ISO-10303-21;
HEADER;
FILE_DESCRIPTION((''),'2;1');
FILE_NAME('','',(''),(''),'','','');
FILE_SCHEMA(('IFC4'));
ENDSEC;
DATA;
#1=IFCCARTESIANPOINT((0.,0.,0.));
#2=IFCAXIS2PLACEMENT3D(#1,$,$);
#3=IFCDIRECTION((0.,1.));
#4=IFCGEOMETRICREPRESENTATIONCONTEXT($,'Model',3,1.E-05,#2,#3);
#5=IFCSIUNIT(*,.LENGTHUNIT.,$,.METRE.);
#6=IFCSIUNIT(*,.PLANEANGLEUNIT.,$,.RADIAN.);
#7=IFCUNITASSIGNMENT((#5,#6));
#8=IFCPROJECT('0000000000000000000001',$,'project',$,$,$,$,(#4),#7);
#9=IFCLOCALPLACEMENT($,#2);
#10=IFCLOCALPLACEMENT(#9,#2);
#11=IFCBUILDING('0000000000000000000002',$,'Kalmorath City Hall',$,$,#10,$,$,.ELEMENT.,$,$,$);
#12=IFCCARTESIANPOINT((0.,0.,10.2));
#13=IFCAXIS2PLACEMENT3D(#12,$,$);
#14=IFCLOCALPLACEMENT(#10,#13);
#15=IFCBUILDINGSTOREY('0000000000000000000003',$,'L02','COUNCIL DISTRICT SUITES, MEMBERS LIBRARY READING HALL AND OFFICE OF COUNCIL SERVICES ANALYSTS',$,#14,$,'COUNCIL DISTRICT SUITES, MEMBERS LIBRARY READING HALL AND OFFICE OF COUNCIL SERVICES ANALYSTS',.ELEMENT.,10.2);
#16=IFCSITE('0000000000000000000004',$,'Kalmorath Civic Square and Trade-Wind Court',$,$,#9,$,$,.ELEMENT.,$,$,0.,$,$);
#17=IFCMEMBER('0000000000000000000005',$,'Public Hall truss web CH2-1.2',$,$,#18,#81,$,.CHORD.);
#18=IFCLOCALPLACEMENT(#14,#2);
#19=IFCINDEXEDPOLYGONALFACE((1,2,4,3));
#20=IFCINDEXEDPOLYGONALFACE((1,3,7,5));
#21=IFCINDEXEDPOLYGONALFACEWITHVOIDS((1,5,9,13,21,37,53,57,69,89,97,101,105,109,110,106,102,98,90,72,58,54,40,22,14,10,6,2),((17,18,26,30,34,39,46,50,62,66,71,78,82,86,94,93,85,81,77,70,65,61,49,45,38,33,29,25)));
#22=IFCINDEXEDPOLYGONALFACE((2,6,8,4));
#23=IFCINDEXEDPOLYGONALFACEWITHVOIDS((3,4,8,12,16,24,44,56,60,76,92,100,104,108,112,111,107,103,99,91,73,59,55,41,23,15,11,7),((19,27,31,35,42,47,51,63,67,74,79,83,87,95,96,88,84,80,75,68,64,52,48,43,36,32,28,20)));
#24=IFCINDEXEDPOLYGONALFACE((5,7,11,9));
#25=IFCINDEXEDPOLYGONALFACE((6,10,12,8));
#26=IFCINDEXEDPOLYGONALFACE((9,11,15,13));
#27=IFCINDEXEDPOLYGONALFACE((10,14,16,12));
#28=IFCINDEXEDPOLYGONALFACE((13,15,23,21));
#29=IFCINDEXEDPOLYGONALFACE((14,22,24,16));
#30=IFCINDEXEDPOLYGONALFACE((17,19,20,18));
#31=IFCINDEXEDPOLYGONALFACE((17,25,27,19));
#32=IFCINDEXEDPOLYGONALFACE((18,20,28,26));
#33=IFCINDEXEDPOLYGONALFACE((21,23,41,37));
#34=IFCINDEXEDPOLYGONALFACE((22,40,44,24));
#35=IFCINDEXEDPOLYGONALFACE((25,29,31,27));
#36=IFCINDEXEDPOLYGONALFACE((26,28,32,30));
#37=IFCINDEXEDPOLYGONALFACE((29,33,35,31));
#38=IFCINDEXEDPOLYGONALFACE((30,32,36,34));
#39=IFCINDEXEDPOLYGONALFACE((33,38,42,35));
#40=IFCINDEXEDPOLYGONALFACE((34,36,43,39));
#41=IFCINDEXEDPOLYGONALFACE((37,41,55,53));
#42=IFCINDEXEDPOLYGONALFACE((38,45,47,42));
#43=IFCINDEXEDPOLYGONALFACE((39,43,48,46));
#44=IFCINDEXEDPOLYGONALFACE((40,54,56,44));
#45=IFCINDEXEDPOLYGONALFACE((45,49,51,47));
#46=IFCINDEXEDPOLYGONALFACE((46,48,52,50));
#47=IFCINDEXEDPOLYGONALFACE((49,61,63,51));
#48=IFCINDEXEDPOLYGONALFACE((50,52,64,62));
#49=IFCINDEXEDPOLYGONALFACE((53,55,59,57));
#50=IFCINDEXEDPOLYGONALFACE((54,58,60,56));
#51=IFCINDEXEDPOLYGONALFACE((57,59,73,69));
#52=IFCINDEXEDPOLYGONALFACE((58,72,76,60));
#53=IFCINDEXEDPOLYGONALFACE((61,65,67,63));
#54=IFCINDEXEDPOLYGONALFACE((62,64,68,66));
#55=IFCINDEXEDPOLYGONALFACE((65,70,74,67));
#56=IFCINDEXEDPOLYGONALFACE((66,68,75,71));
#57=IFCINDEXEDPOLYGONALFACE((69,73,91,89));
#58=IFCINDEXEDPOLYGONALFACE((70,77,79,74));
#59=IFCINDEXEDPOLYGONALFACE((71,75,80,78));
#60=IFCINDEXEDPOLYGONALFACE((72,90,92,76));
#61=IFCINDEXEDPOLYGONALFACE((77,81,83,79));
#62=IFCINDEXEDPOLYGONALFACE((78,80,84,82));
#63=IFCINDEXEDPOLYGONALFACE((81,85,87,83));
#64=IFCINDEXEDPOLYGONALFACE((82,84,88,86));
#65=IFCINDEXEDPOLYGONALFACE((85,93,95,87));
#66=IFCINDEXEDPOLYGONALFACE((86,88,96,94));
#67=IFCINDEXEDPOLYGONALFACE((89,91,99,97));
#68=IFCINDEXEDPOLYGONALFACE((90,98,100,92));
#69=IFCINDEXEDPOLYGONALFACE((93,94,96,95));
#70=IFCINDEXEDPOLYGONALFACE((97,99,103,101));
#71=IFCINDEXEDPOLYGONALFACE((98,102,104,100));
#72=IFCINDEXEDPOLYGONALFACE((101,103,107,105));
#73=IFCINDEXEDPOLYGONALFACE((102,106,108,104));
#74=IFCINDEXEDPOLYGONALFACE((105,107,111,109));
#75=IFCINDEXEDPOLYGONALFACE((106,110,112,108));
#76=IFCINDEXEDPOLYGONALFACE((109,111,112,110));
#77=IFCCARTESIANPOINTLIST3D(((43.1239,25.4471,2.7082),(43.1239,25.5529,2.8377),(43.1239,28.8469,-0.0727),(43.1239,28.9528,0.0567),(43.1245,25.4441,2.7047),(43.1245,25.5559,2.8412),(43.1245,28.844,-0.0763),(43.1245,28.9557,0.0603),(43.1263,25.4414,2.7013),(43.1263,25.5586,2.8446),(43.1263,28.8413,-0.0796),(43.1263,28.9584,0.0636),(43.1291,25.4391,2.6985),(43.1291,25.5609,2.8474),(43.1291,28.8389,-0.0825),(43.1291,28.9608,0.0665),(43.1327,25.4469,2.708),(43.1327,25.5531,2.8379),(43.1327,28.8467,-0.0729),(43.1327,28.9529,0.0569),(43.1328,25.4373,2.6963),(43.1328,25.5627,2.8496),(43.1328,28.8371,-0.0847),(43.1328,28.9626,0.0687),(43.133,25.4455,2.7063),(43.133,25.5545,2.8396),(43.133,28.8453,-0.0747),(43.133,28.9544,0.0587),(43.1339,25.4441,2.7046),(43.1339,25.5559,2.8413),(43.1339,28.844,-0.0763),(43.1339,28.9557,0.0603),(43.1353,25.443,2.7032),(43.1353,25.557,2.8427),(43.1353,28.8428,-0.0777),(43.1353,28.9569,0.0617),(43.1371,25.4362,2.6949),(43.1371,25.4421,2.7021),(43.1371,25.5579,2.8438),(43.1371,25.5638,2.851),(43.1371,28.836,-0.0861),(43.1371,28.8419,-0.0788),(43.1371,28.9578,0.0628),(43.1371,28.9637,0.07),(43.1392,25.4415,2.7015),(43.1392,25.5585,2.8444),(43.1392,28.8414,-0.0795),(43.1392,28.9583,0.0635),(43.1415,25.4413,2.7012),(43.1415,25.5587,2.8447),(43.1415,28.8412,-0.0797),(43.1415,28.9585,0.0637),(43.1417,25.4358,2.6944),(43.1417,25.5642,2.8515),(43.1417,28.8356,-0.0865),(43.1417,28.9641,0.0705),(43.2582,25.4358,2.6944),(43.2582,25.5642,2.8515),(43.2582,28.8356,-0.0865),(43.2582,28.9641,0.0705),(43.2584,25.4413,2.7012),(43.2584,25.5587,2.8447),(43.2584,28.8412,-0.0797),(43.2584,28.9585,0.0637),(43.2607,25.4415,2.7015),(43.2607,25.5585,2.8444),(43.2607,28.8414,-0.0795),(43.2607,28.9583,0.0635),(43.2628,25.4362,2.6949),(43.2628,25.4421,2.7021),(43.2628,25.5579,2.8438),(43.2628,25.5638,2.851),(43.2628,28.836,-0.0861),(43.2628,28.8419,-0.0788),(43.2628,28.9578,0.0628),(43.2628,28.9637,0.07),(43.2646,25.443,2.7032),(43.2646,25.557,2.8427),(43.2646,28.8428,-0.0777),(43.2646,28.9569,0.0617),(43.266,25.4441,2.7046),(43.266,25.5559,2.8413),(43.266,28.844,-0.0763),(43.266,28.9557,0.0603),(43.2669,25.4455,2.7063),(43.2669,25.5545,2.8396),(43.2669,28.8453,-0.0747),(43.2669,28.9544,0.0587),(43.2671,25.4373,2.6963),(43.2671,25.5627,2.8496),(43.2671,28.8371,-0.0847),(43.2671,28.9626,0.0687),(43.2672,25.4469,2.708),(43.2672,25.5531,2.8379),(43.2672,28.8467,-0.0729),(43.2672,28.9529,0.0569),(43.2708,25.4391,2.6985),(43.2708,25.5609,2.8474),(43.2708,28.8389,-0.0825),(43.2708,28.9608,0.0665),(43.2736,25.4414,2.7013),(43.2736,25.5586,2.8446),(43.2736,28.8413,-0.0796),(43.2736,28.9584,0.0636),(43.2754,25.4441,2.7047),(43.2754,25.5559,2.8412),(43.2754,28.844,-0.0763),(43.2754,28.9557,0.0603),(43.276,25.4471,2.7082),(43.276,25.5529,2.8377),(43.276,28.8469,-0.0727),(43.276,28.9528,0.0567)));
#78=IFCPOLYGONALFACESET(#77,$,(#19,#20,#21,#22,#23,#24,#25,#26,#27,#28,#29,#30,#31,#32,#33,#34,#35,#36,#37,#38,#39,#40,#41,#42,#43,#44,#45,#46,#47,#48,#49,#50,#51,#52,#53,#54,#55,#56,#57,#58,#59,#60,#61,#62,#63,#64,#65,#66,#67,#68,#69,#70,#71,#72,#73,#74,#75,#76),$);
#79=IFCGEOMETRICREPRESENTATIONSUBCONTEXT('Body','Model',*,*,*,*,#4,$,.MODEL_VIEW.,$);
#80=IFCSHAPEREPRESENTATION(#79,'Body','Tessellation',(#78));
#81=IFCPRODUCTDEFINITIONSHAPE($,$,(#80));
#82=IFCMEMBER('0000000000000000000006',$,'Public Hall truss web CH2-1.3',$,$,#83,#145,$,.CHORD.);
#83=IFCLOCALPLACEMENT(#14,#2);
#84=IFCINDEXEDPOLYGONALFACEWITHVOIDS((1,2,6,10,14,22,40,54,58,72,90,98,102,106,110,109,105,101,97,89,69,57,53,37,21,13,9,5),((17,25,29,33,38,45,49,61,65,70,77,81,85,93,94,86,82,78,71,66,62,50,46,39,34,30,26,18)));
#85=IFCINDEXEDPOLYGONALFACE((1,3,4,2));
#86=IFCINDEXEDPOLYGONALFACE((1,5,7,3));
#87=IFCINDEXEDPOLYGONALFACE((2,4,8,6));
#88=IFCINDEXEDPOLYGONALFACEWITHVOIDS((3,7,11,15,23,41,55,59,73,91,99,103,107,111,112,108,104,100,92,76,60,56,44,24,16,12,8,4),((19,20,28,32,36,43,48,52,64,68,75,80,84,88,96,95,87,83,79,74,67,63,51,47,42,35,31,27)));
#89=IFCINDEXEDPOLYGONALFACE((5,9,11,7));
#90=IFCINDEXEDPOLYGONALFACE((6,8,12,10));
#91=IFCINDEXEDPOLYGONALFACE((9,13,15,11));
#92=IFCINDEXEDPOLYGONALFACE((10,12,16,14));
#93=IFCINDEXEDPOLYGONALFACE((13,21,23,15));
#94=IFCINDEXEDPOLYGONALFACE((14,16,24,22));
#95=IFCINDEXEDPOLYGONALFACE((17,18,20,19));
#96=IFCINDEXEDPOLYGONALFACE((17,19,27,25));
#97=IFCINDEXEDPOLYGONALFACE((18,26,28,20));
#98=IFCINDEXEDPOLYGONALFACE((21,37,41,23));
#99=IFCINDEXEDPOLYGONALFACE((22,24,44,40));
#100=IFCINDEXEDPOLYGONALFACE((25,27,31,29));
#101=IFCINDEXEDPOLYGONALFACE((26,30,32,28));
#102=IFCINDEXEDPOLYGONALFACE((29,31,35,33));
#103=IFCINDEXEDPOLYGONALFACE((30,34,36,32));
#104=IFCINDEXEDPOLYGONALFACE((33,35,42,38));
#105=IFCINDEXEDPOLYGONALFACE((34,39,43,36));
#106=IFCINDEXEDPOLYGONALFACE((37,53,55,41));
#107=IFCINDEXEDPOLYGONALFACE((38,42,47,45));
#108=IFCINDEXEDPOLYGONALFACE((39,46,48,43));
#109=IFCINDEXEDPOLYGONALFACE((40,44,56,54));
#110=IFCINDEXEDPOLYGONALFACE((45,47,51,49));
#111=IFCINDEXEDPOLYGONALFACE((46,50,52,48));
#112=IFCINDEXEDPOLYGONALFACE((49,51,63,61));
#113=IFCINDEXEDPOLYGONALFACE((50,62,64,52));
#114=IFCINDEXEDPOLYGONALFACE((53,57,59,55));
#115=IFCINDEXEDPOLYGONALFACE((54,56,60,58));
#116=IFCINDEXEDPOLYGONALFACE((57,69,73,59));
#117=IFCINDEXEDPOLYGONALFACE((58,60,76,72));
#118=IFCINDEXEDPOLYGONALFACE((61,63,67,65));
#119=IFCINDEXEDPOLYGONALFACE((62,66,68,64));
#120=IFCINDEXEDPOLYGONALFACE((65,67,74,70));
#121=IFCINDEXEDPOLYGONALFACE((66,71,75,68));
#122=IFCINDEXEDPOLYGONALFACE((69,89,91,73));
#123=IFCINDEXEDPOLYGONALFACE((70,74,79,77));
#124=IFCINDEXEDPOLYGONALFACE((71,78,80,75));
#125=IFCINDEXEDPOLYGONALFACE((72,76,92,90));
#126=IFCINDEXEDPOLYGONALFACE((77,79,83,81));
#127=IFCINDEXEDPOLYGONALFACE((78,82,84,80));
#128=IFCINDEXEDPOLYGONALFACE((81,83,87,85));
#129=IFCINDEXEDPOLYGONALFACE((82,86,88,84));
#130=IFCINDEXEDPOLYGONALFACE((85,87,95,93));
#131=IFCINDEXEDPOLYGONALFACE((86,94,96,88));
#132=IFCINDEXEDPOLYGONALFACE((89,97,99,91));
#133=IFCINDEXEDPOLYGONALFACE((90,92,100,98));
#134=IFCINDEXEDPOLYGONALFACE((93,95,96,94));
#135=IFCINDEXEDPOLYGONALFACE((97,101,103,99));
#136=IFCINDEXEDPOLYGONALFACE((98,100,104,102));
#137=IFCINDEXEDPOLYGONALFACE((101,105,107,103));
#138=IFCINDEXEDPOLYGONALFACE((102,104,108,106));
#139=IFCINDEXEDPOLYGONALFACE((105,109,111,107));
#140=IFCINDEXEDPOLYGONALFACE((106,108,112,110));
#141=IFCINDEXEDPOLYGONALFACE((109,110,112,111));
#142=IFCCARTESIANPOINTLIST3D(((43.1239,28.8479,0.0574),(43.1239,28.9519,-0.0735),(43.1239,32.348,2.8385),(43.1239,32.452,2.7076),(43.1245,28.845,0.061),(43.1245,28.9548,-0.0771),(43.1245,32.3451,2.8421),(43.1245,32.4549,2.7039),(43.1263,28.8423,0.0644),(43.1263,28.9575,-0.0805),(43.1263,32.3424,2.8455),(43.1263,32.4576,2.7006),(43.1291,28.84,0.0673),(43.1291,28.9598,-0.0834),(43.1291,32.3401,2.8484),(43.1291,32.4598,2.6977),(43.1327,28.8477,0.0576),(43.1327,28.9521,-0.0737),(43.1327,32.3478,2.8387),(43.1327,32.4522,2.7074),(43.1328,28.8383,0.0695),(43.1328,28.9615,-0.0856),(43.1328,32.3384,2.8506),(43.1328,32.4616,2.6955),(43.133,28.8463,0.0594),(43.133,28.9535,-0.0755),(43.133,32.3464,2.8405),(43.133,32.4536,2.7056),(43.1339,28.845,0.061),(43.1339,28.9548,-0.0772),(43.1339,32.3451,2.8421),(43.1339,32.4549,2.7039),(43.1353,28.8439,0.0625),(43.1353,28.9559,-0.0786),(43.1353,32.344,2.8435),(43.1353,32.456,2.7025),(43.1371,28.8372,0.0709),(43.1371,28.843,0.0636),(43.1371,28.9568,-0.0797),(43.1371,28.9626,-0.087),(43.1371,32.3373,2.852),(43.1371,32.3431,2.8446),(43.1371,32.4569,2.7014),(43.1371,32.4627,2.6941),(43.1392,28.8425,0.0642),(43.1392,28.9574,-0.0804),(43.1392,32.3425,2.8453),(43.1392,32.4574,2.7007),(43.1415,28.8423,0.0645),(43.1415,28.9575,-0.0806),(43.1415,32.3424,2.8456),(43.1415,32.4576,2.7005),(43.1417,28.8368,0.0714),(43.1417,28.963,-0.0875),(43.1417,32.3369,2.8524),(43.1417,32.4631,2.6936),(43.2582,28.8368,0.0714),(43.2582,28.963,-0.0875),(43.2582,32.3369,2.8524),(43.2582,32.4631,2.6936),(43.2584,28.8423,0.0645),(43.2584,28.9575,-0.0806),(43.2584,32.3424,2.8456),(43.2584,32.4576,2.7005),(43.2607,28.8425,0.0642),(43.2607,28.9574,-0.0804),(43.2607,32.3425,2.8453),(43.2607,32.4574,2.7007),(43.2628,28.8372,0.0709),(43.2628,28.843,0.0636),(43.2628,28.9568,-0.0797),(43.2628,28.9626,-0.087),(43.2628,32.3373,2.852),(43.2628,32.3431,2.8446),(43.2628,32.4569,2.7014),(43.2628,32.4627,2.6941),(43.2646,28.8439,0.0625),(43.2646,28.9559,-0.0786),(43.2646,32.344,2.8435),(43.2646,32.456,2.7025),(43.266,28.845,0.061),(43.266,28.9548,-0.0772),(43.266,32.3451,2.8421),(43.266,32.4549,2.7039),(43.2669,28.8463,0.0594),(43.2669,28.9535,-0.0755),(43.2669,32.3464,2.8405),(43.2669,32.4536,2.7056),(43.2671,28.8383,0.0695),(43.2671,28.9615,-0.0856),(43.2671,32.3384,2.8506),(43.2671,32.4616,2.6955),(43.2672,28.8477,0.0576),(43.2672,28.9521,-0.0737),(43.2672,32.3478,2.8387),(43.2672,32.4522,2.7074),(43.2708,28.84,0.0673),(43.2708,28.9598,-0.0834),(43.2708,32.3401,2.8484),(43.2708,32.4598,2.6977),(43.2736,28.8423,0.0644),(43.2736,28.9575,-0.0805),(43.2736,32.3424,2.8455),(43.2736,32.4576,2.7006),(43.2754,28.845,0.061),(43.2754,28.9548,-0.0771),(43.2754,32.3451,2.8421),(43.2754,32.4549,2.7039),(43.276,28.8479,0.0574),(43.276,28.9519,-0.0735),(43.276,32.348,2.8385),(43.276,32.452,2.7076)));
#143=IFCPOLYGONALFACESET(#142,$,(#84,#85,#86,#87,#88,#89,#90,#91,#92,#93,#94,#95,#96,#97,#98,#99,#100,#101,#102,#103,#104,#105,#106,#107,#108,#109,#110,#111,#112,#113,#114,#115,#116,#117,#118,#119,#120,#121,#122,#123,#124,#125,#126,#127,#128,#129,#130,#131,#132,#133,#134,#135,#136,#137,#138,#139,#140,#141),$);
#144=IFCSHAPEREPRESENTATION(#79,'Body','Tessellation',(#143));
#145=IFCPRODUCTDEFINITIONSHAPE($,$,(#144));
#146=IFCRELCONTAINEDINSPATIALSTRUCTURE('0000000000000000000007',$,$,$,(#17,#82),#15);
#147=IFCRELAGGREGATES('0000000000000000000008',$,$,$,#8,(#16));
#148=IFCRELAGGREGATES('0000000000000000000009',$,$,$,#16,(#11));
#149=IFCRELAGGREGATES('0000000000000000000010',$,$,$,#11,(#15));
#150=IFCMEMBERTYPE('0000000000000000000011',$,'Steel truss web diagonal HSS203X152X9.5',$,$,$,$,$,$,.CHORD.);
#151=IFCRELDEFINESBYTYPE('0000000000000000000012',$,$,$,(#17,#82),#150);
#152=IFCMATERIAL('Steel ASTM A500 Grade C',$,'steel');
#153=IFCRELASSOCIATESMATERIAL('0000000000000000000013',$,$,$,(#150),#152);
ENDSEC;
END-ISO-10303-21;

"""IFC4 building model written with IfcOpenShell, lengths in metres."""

from ifc_helpers import new_model, si_unit, direction, frame, origin, origin_2d, place, context, subcontext, project, spatial, hollow_rectangle, extrude, material, material_profile, profile_set, type_object, element, save


model = new_model("IFC4")

# Units and contexts
model_context = context("Model", 3, precision=1e-05, world=origin(), true_north=direction((0.0, 1.0)))
body_context = subcontext(model_context, "Body", "Model", "MODEL_VIEW")
ifc_project = project(units=[si_unit("LENGTHUNIT", "METRE"), si_unit("PLANEANGLEUNIT", "RADIAN")], contexts=[model_context])

# Site, building, storey
site_placement = place(None, origin())
site = spatial("IfcSite", under=ifc_project, at=site_placement, Name="Kalmorath Civic Square and Trade-Wind Court", CompositionType="ELEMENT", RefElevation=0.0)
building_placement = place(site_placement, origin())
building = spatial("IfcBuilding", under=site, at=building_placement, Name="Kalmorath City Hall", CompositionType="ELEMENT")
storey_placement = place(building_placement, frame((0.0, 0.0, 10.2)))
storey = spatial("IfcBuildingStorey", under=building, at=storey_placement, Name="L02", Description="COUNCIL DISTRICT SUITES, MEMBERS LIBRARY READING HALL AND OFFICE OF COUNCIL SERVICES ANALYSTS", LongName="COUNCIL DISTRICT SUITES, MEMBERS LIBRARY READING HALL AND OFFICE OF COUNCIL SERVICES ANALYSTS", CompositionType="ELEMENT", Elevation=10.2)

# Members
ifc_material_1 = material(Name="Steel ASTM A500 Grade C", Category="steel")
ifc_material_profile_1 = material_profile(ifc_material_1, hollow_rectangle(XDim=0.1521, YDim=0.2029, WallThickness=0.0088, InnerFilletRadius=0.0088, OuterFilletRadius=0.0178, at=origin_2d()), Name="HSS203X152X9.5")
ifc_profile_set_1 = profile_set([ifc_material_profile_1], Name="Steel ASTM A500 Grade C")
member_type_1 = type_object("IfcMemberType", Name="Steel truss web diagonal HSS203X152X9.5", PredefinedType="CHORD", material=ifc_profile_set_1)
member_1_placement = place(storey_placement, frame((43.2, 25.5, 2.7729), z_axis=(0.0, 0.774039, -0.633138), x_axis=(-1.0, 0.0, 0.0)))
element("IfcMember", 1, at=member_1_placement, inside=storey, type_object=member_type_1, Name="Public Hall truss web CH2-1.2", PredefinedType="CHORD", context=body_context, shape_type="SweptSolid", body=[
    extrude(hollow_rectangle(XDim=0.1521, YDim=0.2029, WallThickness=0.0088, InnerFilletRadius=0.0088, OuterFilletRadius=0.0178, at=origin_2d()), origin(), (0.0, 0.0, 1.0), 4.3923),
])
member_2_placement = place(storey_placement, frame((43.2, 28.8999, -0.0081), z_axis=(0.0, 0.782937, 0.622101), x_axis=(-1.0, 0.0, 0.0)))
element("IfcMember", 2, at=member_2_placement, inside=storey, type_object=member_type_1, Name="Public Hall truss web CH2-1.3", PredefinedType="CHORD", context=body_context, shape_type="SweptSolid", body=[
    extrude(hollow_rectangle(XDim=0.1521, YDim=0.2029, WallThickness=0.0088, InnerFilletRadius=0.0088, OuterFilletRadius=0.0178, at=origin_2d()), origin(), (0.0, 0.0, 1.0), 4.4705),
])

save(model, "model.ifc")
